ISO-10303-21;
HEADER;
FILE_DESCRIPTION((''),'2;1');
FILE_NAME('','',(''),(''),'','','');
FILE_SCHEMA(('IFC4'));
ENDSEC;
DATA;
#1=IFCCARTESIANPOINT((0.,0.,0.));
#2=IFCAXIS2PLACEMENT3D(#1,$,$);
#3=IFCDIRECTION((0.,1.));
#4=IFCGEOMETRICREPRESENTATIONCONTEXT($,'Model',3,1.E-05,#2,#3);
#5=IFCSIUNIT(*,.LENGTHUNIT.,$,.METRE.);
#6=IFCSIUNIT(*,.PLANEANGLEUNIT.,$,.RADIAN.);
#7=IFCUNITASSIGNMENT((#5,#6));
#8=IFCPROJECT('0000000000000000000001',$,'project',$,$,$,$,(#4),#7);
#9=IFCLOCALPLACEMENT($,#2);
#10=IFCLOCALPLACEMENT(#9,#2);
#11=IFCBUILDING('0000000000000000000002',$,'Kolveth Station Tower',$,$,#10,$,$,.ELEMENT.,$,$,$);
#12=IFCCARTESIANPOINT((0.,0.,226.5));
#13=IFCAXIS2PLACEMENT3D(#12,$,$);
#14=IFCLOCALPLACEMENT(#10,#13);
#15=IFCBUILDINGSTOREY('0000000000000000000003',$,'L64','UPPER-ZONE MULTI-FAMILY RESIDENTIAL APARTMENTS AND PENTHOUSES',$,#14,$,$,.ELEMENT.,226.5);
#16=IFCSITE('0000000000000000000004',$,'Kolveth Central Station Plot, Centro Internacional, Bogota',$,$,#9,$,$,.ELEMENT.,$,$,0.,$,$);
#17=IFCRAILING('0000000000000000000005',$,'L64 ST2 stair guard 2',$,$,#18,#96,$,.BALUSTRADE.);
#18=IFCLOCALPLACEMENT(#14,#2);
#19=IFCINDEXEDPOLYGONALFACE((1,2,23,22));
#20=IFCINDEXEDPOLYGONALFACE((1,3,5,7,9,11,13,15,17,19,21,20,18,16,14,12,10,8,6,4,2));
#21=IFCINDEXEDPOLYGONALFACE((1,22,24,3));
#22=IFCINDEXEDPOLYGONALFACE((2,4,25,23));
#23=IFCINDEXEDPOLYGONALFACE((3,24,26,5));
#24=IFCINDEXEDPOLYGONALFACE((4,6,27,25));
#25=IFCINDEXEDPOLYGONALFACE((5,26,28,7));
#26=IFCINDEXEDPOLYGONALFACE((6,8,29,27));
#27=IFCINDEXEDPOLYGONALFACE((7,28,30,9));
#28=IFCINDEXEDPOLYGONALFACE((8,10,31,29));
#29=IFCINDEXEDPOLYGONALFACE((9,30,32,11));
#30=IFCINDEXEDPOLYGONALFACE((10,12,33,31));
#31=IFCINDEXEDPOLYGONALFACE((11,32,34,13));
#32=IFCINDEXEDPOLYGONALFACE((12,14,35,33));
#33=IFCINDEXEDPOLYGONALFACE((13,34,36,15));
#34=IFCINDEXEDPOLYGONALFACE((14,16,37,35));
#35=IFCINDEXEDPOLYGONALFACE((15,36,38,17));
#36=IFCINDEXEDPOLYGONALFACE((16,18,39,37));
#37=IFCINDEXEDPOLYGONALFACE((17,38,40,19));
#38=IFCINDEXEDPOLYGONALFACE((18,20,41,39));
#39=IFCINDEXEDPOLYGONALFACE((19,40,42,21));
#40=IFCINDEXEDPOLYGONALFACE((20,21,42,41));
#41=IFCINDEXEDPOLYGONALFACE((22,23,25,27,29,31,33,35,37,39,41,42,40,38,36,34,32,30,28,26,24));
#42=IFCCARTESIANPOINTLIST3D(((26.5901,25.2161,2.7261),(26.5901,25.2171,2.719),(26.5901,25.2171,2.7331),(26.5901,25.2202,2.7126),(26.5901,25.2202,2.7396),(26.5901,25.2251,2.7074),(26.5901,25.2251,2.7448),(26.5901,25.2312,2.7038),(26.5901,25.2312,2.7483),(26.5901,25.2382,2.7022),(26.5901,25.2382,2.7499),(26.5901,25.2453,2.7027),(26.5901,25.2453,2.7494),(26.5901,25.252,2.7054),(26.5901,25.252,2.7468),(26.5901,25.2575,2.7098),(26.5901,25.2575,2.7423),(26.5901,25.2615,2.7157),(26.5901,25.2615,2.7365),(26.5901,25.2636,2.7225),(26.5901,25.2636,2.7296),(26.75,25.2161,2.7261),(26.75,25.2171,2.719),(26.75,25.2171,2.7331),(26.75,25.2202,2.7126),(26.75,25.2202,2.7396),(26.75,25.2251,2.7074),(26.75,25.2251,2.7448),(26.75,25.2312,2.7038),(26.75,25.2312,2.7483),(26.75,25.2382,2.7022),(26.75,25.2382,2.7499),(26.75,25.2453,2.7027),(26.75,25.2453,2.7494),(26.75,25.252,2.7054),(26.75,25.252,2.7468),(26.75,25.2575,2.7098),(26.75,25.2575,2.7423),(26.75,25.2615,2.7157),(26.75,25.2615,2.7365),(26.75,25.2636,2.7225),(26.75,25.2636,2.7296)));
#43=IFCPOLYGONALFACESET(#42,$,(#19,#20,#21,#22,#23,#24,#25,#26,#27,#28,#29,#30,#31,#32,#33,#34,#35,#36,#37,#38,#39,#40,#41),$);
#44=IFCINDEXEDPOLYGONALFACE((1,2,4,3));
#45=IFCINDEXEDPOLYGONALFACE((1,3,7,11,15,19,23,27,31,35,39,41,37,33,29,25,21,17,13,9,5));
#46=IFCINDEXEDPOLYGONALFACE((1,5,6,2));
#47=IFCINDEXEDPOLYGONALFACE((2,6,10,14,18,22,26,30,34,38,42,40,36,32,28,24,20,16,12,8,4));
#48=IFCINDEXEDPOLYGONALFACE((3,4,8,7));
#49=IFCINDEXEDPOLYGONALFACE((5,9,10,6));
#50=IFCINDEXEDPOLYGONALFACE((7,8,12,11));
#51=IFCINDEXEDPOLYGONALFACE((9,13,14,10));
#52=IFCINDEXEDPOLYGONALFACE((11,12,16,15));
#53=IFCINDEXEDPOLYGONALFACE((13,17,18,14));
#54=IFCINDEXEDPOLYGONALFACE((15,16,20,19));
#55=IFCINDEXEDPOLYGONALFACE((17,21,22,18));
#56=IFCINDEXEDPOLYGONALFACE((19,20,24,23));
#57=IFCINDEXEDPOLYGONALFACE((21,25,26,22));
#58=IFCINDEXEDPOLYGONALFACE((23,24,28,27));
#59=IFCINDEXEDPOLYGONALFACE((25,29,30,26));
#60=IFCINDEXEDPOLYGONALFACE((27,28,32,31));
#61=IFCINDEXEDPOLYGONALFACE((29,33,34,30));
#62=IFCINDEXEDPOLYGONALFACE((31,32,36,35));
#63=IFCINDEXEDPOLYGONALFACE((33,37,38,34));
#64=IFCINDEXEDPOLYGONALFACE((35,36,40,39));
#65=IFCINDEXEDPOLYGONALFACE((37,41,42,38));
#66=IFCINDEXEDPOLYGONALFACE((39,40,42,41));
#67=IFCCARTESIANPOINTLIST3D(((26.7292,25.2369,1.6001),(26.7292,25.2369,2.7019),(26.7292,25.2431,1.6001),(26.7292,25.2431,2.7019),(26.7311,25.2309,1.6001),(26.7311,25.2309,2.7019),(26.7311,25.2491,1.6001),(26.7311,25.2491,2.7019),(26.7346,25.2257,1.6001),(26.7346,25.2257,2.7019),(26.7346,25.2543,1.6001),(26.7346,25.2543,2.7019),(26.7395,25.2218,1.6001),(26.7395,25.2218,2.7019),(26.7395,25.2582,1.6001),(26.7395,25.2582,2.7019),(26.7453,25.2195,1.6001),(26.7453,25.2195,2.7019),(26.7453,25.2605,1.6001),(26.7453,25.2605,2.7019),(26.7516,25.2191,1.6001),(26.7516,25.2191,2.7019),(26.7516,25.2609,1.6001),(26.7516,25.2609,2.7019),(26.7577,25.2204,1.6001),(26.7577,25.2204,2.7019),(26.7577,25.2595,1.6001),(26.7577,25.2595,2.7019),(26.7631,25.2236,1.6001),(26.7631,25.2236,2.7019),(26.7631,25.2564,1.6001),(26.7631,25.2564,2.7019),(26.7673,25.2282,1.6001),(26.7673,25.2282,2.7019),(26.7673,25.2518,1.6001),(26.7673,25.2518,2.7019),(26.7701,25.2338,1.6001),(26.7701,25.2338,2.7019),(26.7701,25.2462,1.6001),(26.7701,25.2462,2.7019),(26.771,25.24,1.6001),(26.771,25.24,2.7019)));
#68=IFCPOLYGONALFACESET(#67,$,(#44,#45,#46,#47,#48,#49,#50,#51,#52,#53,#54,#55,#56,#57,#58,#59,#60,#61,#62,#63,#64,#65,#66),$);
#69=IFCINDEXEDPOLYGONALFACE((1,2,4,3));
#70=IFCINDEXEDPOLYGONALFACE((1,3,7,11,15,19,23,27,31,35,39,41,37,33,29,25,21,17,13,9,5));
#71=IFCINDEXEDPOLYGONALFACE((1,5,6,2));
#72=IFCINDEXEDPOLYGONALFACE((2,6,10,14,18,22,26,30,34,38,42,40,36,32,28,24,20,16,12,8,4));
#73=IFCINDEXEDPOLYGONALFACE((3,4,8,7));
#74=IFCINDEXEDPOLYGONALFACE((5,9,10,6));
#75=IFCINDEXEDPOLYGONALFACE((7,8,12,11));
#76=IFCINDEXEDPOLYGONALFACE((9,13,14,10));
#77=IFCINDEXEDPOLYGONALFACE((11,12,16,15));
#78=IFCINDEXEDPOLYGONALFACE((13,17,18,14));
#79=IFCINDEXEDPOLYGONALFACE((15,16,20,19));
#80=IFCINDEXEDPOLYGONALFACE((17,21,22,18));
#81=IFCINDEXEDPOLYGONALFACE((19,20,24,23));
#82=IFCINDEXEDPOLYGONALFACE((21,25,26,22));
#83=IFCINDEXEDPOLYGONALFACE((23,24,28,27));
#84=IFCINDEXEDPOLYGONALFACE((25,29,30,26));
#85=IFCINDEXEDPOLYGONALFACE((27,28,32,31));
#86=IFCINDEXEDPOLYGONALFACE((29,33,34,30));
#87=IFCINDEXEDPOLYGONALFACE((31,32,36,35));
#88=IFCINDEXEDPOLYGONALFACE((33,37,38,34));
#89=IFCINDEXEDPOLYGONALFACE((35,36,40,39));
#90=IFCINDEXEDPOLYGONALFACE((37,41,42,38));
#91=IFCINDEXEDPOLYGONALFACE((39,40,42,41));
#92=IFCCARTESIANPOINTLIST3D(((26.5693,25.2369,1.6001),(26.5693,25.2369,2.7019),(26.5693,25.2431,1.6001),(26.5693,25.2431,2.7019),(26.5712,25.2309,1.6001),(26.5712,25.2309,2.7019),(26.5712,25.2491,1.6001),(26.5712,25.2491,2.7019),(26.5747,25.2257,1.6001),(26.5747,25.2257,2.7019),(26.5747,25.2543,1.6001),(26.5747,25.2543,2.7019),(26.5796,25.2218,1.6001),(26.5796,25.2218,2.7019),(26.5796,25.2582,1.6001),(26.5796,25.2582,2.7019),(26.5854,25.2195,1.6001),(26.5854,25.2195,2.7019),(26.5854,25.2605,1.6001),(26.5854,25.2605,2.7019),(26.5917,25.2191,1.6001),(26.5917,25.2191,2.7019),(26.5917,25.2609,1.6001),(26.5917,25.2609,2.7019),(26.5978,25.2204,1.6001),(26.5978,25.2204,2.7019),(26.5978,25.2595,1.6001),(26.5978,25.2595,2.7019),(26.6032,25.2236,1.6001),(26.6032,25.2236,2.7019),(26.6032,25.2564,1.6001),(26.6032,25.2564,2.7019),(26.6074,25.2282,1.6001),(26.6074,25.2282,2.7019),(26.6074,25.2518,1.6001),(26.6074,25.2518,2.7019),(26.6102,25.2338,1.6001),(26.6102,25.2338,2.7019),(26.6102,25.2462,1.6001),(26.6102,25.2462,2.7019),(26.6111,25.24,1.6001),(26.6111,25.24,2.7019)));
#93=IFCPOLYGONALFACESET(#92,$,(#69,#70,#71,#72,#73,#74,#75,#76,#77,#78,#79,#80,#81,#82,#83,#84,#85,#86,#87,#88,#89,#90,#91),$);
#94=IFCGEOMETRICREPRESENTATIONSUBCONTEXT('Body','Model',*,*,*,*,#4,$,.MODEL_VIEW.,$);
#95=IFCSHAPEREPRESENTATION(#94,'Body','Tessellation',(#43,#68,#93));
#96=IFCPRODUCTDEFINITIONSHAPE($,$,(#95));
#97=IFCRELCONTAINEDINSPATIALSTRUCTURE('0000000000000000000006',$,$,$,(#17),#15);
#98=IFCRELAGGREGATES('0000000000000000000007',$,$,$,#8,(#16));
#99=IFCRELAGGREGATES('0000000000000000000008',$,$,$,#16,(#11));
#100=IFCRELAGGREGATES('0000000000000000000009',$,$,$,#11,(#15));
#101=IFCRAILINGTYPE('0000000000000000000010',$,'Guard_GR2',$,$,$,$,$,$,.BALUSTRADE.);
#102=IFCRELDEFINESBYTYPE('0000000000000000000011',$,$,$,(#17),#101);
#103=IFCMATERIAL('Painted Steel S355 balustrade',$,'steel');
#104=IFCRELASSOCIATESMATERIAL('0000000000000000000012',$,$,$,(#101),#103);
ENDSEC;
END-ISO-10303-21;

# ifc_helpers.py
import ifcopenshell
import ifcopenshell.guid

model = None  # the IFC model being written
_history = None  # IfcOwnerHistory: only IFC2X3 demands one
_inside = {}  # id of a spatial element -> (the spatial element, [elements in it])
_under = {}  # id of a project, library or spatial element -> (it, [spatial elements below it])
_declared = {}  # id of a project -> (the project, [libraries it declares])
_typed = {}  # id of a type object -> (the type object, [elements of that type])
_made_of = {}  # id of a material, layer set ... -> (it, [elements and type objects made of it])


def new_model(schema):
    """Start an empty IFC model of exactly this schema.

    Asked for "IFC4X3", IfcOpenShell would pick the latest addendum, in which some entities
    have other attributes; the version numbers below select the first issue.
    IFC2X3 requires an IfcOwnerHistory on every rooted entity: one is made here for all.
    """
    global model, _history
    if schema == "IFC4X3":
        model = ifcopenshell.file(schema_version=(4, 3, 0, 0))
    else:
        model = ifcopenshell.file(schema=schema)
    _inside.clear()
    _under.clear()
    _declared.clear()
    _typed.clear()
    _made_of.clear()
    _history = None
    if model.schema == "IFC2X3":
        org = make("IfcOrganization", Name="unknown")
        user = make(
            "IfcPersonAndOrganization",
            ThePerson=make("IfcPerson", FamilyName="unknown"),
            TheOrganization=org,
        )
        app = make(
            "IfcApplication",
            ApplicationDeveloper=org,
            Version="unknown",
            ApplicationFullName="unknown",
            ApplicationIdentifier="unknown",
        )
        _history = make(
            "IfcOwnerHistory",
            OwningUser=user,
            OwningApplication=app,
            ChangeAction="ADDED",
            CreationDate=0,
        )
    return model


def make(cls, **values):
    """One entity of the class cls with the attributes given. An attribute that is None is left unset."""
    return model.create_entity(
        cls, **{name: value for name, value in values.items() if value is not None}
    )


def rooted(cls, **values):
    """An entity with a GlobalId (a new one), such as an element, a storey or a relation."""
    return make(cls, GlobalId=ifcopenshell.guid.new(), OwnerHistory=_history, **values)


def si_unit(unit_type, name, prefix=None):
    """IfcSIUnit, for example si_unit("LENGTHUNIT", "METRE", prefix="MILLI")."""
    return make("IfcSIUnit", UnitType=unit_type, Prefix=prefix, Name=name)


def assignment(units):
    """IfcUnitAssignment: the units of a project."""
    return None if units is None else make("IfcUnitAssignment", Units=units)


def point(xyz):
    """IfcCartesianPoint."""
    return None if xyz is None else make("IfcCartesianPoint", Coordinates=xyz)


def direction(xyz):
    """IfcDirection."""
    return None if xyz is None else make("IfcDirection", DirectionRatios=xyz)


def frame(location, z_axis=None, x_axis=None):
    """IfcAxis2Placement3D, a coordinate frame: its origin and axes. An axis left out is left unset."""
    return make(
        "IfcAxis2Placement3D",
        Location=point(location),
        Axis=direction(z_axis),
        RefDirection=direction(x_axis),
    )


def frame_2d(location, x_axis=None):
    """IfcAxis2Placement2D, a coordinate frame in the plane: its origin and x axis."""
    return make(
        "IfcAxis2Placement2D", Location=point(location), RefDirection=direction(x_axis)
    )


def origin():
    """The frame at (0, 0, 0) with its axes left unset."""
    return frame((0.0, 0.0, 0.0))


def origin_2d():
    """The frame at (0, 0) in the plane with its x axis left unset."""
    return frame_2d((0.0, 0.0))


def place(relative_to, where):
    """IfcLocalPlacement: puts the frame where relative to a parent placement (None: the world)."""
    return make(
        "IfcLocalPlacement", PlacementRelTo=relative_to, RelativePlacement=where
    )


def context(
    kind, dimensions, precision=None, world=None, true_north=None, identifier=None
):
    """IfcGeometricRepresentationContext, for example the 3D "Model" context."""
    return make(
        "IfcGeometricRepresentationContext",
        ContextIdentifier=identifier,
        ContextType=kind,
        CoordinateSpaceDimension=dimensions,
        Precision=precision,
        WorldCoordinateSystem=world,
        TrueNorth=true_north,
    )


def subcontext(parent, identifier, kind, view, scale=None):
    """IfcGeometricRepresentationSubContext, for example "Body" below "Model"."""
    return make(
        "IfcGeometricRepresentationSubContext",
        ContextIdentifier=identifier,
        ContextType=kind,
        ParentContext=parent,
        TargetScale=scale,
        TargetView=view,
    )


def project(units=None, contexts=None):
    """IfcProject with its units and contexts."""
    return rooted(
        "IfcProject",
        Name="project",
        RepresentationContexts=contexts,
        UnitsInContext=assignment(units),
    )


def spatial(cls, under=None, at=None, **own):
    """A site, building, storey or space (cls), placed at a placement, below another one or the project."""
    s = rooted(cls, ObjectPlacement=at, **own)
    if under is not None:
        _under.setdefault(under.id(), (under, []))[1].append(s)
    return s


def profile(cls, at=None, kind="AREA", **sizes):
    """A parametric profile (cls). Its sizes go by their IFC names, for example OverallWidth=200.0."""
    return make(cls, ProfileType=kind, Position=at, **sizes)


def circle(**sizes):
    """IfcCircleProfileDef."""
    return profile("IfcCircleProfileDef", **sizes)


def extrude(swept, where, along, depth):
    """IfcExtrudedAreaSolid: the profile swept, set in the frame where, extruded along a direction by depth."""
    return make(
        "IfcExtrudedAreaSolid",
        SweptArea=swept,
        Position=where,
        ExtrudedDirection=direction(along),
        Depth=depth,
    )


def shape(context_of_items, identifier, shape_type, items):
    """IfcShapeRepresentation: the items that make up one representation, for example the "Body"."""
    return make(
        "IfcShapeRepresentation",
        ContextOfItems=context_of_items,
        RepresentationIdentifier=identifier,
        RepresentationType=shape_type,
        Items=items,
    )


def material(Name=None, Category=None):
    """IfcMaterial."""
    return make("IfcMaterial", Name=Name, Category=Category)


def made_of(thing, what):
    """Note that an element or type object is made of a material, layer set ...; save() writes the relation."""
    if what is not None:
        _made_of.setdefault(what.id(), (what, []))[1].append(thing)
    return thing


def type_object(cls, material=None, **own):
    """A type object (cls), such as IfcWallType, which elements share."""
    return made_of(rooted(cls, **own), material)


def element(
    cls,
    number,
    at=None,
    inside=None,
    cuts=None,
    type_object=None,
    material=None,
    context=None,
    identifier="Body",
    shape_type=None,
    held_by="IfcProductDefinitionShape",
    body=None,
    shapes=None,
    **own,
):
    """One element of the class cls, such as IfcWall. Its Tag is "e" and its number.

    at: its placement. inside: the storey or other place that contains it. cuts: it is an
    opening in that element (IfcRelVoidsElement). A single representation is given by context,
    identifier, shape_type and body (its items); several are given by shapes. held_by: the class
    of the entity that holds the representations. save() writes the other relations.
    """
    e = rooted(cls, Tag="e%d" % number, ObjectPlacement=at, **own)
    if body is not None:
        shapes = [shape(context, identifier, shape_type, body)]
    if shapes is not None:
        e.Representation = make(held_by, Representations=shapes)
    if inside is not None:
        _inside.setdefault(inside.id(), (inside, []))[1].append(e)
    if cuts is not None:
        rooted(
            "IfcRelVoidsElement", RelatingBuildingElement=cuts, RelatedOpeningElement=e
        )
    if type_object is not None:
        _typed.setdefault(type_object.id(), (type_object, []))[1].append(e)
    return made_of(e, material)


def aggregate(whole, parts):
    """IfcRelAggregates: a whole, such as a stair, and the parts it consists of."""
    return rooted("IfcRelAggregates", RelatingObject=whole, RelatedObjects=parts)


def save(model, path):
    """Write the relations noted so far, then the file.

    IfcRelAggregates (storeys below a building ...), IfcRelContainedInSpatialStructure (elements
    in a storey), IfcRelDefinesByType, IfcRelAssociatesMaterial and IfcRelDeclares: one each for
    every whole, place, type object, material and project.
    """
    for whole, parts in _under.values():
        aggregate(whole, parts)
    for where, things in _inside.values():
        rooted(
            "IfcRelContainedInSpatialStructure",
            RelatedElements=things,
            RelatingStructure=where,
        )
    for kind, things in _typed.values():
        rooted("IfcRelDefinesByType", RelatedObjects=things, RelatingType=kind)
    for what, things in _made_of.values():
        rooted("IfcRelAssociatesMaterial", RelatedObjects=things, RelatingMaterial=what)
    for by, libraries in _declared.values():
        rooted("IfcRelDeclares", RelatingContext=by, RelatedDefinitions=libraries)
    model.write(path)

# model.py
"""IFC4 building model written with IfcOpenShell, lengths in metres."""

from ifc_helpers import new_model, si_unit, direction, frame, origin, origin_2d, place, context, subcontext, project, spatial, circle, extrude, material, type_object, element, save


model = new_model("IFC4")

# Units and contexts
model_context = context("Model", 3, precision=1e-05, world=origin(), true_north=direction((0.0, 1.0)))
body_context = subcontext(model_context, "Body", "Model", "MODEL_VIEW")
ifc_project = project(units=[si_unit("LENGTHUNIT", "METRE"), si_unit("PLANEANGLEUNIT", "RADIAN")], contexts=[model_context])

# Site, building, storey
site_placement = place(None, origin())
site = spatial("IfcSite", under=ifc_project, at=site_placement, Name="Kolveth Central Station Plot, Centro Internacional, Bogota", CompositionType="ELEMENT", RefElevation=0.0)
building_placement = place(site_placement, origin())
building = spatial("IfcBuilding", under=site, at=building_placement, Name="Kolveth Station Tower", CompositionType="ELEMENT")
storey_placement = place(building_placement, frame((0.0, 0.0, 226.5)))
storey = spatial("IfcBuildingStorey", under=building, at=storey_placement, Name="L64", Description="UPPER-ZONE MULTI-FAMILY RESIDENTIAL APARTMENTS AND PENTHOUSES", CompositionType="ELEMENT", Elevation=226.5)

# Railing
ifc_material_1 = material(Name="Painted Steel S355 balustrade", Category="steel")
railing_type = type_object("IfcRailingType", Name="Guard_GR2", PredefinedType="BALUSTRADE", material=ifc_material_1)
railing_1_placement = place(storey_placement, frame((26.75, 25.24, 1.6001)))
element("IfcRailing", 1, at=railing_1_placement, inside=storey, type_object=railing_type, Name="L64 ST2 stair guard 2", PredefinedType="BALUSTRADE", context=body_context, shape_type="SweptSolid", body=[
    extrude(circle(Radius=0.0239, at=origin_2d()), frame((0.0, 0.0, 1.126), z_axis=(-1.0, 0.0, 0.0), x_axis=(0.0, -1.0, 0.0)), (0.0, 0.0, 1.0), 0.1599),
    extrude(circle(Radius=0.021, at=origin_2d()), origin(), (0.0, 0.0, 1.0), 1.1018),
    extrude(circle(Radius=0.021, at=origin_2d()), frame((-0.1599, 0.0, 0.0)), (0.0, 0.0, 1.0), 1.1018),
])

save(model, "model.ifc")
